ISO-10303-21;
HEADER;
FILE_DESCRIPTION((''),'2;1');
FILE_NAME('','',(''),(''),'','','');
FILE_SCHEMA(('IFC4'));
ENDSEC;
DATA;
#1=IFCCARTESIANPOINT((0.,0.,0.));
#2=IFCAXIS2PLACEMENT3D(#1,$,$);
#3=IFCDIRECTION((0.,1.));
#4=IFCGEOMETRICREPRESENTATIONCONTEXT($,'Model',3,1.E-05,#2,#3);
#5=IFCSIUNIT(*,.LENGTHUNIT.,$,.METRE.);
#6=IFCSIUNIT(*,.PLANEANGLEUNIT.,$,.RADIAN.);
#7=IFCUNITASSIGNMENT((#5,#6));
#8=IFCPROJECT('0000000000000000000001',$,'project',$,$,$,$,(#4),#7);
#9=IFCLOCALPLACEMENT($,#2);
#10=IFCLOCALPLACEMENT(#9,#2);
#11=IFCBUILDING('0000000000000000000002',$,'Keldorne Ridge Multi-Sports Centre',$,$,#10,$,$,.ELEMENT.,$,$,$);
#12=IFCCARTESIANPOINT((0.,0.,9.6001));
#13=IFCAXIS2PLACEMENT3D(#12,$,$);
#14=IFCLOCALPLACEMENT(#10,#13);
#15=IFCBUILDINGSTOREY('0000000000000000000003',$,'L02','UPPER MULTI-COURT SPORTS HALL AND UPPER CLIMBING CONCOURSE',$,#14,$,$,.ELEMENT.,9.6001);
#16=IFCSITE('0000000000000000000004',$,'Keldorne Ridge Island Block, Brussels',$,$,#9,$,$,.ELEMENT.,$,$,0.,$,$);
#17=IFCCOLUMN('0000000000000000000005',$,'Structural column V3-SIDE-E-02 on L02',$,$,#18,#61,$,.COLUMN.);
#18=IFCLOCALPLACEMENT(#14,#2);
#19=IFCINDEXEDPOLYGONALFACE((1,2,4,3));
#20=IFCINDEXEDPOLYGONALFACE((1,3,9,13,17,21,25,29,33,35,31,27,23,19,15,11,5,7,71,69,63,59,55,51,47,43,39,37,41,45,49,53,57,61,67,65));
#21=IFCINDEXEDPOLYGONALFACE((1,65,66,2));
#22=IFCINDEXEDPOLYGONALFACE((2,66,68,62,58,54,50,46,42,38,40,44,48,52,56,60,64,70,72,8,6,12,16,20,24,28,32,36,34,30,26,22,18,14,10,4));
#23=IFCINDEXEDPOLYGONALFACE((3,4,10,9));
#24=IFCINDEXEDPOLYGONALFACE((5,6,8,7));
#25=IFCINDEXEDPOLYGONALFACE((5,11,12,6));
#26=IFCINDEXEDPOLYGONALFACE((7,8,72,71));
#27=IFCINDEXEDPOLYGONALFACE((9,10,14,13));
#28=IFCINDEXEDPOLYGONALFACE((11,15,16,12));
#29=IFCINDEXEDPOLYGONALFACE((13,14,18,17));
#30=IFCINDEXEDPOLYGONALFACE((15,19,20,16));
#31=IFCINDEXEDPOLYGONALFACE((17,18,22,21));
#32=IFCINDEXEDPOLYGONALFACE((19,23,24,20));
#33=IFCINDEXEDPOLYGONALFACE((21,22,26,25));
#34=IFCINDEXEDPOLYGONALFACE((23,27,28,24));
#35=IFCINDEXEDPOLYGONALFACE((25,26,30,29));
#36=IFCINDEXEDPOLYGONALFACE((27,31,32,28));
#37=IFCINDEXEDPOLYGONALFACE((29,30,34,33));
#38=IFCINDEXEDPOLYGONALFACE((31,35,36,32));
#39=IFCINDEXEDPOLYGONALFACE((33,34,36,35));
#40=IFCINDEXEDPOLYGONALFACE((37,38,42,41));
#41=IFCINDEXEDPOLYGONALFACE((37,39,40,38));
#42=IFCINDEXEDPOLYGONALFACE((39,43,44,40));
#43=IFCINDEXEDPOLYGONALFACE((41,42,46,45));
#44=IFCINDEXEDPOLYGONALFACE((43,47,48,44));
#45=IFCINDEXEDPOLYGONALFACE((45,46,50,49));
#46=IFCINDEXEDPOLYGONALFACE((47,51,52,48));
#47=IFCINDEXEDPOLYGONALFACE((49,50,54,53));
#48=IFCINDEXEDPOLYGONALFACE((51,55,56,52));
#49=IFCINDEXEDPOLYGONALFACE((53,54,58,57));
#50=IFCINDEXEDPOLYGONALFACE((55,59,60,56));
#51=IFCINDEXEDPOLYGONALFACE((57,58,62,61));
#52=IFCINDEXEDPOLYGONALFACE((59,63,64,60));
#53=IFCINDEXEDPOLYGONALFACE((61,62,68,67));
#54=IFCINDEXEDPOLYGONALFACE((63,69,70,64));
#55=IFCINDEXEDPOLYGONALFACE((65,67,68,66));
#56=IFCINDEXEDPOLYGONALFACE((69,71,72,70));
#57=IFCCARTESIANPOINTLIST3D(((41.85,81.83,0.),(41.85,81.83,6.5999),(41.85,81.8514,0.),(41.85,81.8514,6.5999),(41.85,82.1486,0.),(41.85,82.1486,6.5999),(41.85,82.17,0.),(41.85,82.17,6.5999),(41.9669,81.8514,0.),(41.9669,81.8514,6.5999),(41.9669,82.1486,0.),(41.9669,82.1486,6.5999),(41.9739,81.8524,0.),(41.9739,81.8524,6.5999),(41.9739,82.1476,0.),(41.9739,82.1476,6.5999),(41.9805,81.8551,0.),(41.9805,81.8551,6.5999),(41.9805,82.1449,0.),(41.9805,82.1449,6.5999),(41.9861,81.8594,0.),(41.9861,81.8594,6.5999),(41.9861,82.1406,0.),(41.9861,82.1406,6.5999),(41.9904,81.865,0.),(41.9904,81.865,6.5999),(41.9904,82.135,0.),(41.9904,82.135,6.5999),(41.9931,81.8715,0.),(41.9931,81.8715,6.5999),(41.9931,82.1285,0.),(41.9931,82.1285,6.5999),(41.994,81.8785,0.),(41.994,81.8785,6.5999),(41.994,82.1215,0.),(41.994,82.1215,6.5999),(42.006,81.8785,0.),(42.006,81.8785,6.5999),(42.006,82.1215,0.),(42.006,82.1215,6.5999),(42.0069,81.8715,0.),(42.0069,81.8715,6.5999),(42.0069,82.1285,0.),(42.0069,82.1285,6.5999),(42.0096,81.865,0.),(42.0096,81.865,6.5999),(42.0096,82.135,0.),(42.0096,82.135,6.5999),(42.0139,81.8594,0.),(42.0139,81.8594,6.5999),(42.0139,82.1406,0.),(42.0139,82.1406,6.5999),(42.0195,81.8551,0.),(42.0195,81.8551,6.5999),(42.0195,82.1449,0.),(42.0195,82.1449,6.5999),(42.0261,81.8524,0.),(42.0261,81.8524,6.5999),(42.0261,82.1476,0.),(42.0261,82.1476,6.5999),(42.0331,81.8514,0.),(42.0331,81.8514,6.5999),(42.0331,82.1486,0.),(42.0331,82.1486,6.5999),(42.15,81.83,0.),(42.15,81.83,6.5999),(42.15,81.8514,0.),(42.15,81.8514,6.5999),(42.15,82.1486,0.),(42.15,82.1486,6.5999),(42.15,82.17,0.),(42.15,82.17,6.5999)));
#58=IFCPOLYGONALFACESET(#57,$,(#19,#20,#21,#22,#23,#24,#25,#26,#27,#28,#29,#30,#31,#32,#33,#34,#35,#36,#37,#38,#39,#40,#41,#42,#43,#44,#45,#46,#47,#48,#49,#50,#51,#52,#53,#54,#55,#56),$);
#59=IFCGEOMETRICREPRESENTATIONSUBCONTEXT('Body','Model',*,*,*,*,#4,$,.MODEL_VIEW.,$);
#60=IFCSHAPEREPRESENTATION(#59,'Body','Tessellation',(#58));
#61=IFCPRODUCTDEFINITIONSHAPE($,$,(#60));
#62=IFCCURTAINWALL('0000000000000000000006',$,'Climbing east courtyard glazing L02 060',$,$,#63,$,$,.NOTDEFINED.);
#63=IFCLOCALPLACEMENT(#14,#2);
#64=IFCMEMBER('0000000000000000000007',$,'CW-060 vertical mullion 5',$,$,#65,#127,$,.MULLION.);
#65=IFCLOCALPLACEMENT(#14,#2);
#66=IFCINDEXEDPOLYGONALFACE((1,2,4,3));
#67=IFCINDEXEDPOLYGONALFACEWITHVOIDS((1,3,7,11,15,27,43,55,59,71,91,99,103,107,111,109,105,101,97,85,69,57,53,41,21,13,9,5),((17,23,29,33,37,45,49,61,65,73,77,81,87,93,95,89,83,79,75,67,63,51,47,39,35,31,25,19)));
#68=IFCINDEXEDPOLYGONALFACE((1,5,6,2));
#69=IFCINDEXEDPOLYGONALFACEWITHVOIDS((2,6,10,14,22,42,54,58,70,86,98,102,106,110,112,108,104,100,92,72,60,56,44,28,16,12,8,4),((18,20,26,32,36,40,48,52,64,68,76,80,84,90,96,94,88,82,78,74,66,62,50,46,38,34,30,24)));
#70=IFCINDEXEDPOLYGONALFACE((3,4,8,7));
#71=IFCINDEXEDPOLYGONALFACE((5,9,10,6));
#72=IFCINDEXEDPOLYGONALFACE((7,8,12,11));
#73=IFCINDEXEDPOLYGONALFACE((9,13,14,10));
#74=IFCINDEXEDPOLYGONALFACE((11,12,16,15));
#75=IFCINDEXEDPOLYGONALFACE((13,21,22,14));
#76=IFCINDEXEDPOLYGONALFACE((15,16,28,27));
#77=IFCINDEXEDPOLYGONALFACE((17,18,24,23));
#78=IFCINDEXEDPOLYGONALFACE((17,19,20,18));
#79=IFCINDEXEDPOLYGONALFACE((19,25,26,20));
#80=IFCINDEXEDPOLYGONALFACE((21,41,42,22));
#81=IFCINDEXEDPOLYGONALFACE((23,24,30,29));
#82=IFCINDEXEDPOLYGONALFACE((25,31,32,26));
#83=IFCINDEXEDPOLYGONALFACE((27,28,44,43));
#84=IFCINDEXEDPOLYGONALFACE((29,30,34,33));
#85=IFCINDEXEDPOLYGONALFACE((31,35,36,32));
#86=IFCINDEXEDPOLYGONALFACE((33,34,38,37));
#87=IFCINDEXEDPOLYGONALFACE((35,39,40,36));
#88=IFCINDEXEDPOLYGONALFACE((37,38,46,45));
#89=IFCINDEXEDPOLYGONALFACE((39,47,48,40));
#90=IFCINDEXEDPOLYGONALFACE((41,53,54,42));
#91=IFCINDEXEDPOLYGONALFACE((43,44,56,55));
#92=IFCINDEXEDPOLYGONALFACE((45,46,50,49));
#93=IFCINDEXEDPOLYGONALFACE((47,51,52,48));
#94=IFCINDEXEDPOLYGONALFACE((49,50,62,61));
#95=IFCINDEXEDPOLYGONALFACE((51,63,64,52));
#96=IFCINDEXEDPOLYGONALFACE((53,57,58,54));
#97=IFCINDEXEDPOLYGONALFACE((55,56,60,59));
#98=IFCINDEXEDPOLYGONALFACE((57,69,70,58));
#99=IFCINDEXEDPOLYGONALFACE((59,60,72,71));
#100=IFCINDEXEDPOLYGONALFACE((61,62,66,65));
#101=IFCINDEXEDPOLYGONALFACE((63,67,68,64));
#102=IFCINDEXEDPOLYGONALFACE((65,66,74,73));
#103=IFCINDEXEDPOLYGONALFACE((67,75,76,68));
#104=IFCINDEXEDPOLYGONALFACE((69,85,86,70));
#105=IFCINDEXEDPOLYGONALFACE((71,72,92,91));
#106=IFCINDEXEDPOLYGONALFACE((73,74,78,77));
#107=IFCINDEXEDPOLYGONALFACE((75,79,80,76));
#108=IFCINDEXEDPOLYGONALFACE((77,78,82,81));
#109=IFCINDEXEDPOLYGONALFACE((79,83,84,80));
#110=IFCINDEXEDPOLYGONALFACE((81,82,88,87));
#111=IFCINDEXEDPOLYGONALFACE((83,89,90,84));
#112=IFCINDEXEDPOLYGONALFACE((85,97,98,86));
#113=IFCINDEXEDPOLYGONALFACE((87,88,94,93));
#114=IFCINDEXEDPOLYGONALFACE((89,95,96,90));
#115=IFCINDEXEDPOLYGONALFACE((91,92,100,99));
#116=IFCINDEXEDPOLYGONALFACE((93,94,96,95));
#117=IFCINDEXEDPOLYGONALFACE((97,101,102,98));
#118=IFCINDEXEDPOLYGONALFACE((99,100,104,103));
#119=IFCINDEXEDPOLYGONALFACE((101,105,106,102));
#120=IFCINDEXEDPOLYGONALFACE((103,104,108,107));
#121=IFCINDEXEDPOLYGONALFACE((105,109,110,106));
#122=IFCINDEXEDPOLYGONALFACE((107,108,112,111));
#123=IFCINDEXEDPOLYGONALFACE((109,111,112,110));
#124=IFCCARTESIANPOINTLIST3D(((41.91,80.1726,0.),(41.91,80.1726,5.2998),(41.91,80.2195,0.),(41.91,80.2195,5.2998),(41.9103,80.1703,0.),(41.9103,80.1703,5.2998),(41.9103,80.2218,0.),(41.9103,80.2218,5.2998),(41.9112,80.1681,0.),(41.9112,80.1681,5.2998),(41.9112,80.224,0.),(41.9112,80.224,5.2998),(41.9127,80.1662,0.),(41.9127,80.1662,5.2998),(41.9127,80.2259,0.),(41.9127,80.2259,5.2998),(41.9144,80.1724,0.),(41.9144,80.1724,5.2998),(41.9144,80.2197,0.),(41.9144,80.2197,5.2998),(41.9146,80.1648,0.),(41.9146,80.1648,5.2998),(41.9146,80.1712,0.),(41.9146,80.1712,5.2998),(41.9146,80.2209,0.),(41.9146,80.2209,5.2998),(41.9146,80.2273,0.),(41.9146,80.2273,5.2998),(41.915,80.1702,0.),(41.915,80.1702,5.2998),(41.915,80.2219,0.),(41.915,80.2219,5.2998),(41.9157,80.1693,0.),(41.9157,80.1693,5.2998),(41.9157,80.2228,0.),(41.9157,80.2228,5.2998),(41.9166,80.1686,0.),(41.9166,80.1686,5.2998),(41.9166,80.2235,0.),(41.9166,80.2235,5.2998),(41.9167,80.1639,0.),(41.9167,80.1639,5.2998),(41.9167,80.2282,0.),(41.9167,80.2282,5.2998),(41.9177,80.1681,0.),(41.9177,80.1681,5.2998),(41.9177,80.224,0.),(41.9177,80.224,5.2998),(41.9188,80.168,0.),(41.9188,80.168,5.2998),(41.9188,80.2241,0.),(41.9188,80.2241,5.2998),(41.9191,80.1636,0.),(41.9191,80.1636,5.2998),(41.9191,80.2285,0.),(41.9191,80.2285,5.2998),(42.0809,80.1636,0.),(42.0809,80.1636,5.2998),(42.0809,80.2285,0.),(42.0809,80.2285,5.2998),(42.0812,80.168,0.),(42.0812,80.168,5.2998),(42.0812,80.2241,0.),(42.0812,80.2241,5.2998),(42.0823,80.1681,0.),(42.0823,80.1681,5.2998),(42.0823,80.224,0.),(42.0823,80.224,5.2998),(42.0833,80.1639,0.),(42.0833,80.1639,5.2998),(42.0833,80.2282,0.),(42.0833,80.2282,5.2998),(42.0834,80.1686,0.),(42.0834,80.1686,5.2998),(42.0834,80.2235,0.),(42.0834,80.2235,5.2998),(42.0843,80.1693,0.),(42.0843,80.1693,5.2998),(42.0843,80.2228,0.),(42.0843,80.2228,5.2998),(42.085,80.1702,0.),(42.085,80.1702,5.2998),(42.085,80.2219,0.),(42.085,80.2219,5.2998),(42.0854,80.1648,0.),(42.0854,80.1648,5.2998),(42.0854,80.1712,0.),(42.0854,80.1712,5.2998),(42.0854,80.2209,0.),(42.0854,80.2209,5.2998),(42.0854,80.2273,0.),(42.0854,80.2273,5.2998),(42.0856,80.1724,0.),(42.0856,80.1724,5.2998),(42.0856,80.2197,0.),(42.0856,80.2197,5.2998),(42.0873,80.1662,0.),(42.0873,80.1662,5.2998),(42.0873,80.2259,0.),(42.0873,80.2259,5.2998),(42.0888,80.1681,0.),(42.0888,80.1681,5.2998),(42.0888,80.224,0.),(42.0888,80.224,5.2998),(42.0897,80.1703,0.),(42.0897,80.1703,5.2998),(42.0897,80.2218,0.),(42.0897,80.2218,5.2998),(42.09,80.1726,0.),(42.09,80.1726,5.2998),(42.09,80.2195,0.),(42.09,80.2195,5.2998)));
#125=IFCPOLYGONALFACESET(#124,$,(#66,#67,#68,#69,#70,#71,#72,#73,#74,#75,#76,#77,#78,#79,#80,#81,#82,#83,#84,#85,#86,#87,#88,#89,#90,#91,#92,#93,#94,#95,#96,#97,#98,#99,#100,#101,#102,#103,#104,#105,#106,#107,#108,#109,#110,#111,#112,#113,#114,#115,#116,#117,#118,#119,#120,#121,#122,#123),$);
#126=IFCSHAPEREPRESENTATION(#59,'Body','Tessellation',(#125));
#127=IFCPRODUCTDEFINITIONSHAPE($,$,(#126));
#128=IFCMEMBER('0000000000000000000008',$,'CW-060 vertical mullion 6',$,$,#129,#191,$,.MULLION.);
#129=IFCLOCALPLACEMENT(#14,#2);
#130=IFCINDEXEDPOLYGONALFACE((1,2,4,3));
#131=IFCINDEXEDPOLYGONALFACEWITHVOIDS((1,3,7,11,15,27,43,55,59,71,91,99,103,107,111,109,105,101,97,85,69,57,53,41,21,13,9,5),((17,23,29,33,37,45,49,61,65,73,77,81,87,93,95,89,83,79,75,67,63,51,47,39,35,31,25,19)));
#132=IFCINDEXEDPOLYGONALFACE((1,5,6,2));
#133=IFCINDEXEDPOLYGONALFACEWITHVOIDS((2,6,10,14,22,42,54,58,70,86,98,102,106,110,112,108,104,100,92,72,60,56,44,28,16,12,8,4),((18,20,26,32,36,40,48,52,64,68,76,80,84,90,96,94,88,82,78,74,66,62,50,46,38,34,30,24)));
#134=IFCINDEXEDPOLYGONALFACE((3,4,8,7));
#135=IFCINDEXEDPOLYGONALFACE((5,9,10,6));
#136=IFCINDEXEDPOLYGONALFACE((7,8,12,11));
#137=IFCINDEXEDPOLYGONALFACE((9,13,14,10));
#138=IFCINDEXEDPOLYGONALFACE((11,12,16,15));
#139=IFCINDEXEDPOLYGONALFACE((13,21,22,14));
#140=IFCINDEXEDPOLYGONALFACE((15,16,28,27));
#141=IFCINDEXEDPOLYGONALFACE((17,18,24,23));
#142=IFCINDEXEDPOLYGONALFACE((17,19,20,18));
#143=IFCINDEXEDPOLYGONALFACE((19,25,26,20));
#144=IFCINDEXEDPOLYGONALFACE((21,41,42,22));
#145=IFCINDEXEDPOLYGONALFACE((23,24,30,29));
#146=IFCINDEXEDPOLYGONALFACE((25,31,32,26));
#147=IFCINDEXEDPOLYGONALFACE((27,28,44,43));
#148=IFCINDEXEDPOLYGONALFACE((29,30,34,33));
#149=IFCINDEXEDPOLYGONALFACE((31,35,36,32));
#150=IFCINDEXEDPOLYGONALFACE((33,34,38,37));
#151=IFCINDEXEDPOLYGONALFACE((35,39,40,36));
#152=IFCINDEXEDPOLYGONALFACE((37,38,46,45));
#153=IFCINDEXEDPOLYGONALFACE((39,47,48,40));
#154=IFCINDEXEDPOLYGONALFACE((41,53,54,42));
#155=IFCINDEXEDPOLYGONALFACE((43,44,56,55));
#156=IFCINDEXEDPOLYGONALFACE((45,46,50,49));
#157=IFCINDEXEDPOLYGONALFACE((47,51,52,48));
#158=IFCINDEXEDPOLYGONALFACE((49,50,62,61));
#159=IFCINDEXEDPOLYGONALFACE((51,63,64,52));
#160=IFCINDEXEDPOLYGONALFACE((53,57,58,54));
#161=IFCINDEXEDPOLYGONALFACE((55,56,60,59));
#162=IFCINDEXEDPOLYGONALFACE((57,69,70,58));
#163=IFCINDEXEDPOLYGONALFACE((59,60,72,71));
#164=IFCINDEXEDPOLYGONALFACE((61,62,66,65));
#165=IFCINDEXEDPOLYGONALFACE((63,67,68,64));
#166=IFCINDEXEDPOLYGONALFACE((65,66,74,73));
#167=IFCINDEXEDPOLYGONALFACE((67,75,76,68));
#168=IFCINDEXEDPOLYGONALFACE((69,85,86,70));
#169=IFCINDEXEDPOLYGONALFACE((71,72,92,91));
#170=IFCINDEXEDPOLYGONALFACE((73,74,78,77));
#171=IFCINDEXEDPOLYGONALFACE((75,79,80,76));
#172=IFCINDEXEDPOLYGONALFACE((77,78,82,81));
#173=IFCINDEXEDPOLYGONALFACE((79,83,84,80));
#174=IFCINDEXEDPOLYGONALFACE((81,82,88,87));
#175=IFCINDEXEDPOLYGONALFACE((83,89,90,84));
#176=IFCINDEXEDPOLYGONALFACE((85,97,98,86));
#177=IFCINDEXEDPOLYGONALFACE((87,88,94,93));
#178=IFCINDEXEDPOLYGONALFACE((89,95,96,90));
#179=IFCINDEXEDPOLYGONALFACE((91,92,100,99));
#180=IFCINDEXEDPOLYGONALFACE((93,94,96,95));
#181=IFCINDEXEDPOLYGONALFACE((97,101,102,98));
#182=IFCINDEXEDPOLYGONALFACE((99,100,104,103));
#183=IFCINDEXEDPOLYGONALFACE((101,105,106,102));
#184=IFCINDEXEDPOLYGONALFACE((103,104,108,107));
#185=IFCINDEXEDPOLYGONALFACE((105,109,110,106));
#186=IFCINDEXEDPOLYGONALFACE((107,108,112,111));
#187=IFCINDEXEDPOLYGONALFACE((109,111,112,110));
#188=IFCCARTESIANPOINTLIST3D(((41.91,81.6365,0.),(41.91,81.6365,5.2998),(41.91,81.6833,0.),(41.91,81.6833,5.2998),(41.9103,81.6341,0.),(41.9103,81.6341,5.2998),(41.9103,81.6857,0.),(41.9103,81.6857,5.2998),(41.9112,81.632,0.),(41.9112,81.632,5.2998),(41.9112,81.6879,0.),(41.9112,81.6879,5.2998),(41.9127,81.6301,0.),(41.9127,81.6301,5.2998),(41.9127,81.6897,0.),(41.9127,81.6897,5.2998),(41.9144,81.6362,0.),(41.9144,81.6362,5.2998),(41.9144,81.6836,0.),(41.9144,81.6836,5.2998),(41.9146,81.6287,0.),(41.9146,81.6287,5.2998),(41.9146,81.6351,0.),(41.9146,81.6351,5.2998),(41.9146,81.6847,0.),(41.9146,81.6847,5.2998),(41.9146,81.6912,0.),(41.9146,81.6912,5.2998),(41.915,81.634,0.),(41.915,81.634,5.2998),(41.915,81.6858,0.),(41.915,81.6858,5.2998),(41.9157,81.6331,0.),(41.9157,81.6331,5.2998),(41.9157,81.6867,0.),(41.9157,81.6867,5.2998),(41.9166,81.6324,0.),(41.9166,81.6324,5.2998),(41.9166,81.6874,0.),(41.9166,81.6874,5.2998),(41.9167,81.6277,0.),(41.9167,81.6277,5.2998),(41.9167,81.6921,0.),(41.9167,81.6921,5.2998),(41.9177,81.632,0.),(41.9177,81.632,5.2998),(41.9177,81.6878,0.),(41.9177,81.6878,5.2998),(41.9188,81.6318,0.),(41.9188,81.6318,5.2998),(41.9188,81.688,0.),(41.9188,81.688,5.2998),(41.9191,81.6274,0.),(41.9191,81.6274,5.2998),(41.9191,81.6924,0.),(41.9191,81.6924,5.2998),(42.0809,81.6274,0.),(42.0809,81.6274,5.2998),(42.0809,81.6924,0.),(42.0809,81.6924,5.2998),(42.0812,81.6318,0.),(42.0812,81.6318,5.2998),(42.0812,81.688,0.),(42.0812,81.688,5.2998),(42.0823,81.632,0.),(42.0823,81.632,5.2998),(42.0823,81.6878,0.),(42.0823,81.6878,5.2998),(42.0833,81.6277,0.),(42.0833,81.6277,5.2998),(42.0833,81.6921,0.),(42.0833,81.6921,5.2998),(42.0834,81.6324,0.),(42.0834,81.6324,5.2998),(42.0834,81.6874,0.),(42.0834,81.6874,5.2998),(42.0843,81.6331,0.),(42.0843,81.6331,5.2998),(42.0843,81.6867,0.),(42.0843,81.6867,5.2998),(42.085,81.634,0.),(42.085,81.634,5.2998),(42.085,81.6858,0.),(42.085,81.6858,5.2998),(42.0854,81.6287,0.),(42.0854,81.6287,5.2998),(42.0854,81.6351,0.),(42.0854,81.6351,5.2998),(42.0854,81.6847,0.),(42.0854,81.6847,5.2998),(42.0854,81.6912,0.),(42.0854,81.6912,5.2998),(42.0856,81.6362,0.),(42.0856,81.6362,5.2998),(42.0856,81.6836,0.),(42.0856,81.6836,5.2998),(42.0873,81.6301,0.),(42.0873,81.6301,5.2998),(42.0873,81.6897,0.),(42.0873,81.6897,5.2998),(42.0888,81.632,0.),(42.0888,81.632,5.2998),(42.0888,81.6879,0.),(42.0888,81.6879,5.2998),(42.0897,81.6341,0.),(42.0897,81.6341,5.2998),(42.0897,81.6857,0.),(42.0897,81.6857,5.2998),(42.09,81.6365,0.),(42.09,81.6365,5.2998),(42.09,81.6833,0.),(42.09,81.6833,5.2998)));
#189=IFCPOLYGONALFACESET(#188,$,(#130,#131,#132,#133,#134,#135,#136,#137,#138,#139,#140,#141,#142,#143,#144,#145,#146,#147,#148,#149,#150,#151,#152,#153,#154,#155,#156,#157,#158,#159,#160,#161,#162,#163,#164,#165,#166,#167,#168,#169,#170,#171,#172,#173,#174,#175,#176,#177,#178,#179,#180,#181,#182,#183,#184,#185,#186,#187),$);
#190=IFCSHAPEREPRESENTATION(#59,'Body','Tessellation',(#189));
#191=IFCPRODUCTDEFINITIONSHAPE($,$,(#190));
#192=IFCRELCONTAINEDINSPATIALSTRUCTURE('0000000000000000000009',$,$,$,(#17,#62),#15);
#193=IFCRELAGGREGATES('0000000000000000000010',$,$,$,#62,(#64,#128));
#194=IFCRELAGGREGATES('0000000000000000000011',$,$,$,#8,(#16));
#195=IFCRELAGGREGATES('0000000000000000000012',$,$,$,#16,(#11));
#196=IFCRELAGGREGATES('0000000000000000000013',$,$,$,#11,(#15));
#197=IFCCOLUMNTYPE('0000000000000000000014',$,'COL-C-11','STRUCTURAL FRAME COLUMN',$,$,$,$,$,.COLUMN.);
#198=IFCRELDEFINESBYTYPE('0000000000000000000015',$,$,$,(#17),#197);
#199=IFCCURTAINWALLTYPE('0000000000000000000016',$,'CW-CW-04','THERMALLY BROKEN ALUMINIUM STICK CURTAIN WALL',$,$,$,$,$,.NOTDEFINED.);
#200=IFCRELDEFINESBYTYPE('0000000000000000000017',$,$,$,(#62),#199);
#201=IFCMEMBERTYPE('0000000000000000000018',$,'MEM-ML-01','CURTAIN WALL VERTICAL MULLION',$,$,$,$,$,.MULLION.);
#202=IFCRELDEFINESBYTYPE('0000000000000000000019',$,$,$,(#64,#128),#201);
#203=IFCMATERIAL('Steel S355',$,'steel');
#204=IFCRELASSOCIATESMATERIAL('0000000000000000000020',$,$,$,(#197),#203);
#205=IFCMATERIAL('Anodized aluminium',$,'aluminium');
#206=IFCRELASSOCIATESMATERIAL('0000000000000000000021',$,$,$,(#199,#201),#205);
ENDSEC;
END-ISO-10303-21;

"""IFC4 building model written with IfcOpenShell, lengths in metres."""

from ifc_helpers import new_model, si_unit, direction, frame, origin, origin_2d, place, context, subcontext, project, spatial, hollow_rectangle, i_section, extrude, material, material_profile, profile_set, type_object, element, aggregate, save


model = new_model("IFC4")

# Units and contexts
model_context = context("Model", 3, precision=1e-05, world=origin(), true_north=direction((0.0, 1.0)))
body_context = subcontext(model_context, "Body", "Model", "MODEL_VIEW")
ifc_project = project(units=[si_unit("LENGTHUNIT", "METRE"), si_unit("PLANEANGLEUNIT", "RADIAN")], contexts=[model_context])

# Site, building, storey
site_placement = place(None, origin())
site = spatial("IfcSite", under=ifc_project, at=site_placement, Name="Keldorne Ridge Island Block, Brussels", CompositionType="ELEMENT", RefElevation=0.0)
building_placement = place(site_placement, origin())
building = spatial("IfcBuilding", under=site, at=building_placement, Name="Keldorne Ridge Multi-Sports Centre", CompositionType="ELEMENT")
storey_placement = place(building_placement, frame((0.0, 0.0, 9.6001)))
storey = spatial("IfcBuildingStorey", under=building, at=storey_placement, Name="L02", Description="UPPER MULTI-COURT SPORTS HALL AND UPPER CLIMBING CONCOURSE", CompositionType="ELEMENT", Elevation=9.6001)

# Column
ifc_material_1 = material(Name="Steel S355", Category="steel")
ifc_material_profile_1 = material_profile(ifc_material_1, i_section(OverallWidth=0.3, OverallDepth=0.3401, WebThickness=0.012, FlangeThickness=0.0215, FilletRadius=0.0271, at=origin_2d()), Name="HEB 340")
ifc_profile_set_1 = profile_set([ifc_material_profile_1], Name="Steel S355")
column_type = type_object("IfcColumnType", Name="COL-C-11", Description="STRUCTURAL FRAME COLUMN", PredefinedType="COLUMN", material=ifc_profile_set_1)
column_placement = place(storey_placement, frame((42.0, 82.0, 0.0), z_axis=(0.0, 0.0, 1.0), x_axis=(1.0, 0.0, 0.0)))
element("IfcColumn", 1, at=column_placement, inside=storey, type_object=column_type, Name="Structural column V3-SIDE-E-02 on L02", PredefinedType="COLUMN", context=body_context, shape_type="SweptSolid", body=[
    extrude(i_section(OverallWidth=0.3, OverallDepth=0.3401, WebThickness=0.012, FlangeThickness=0.0215, FilletRadius=0.0271, at=origin_2d()), origin(), (0.0, 0.0, 1.0), 6.5999),
])

# Curtain wall, members
ifc_material_2 = material(Name="Anodized aluminium", Category="aluminium")
curtain_wall_type = type_object("IfcCurtainWallType", Name="CW-CW-04", Description="THERMALLY BROKEN ALUMINIUM STICK CURTAIN WALL", PredefinedType="NOTDEFINED", material=ifc_material_2)
curtain_wall_placement = place(storey_placement, origin())
curtain_wall = element("IfcCurtainWall", 2, at=curtain_wall_placement, inside=storey, type_object=curtain_wall_type, Name="Climbing east courtyard glazing L02 060", PredefinedType="NOTDEFINED")
ifc_material_profile_2 = material_profile(ifc_material_2, hollow_rectangle(XDim=0.0649, YDim=0.1799, WallThickness=0.0044, InnerFilletRadius=0.0044, OuterFilletRadius=0.009, at=origin_2d()), Name="ALU MULLION 180x65x4.5")
ifc_profile_set_2 = profile_set([ifc_material_profile_2], Name="Anodized aluminium")
member_type_1 = type_object("IfcMemberType", Name="MEM-ML-01", Description="CURTAIN WALL VERTICAL MULLION", PredefinedType="MULLION", material=ifc_profile_set_2)
member_1_placement = place(storey_placement, frame((42.0, 80.196, 0.0), z_axis=(0.0, 0.0, 1.0), x_axis=(0.0, 1.0, 0.0)))
member_1 = element("IfcMember", 3, at=member_1_placement, type_object=member_type_1, Name="CW-060 vertical mullion 5", PredefinedType="MULLION", context=body_context, shape_type="SweptSolid", body=[
    extrude(hollow_rectangle(XDim=0.0649, YDim=0.1799, WallThickness=0.0044, InnerFilletRadius=0.0044, OuterFilletRadius=0.009, at=origin_2d()), origin(), (0.0, 0.0, 1.0), 5.2998),
])
member_2_placement = place(storey_placement, frame((42.0, 81.6599, 0.0), z_axis=(0.0, 0.0, 1.0), x_axis=(0.0, 1.0, 0.0)))
member_2 = element("IfcMember", 4, at=member_2_placement, type_object=member_type_1, Name="CW-060 vertical mullion 6", PredefinedType="MULLION", context=body_context, shape_type="SweptSolid", body=[
    extrude(hollow_rectangle(XDim=0.0649, YDim=0.1799, WallThickness=0.0044, InnerFilletRadius=0.0044, OuterFilletRadius=0.009, at=origin_2d()), origin(), (0.0, 0.0, 1.0), 5.2998),
])

aggregate(curtain_wall, [member_1, member_2])

save(model, "model.ifc")
